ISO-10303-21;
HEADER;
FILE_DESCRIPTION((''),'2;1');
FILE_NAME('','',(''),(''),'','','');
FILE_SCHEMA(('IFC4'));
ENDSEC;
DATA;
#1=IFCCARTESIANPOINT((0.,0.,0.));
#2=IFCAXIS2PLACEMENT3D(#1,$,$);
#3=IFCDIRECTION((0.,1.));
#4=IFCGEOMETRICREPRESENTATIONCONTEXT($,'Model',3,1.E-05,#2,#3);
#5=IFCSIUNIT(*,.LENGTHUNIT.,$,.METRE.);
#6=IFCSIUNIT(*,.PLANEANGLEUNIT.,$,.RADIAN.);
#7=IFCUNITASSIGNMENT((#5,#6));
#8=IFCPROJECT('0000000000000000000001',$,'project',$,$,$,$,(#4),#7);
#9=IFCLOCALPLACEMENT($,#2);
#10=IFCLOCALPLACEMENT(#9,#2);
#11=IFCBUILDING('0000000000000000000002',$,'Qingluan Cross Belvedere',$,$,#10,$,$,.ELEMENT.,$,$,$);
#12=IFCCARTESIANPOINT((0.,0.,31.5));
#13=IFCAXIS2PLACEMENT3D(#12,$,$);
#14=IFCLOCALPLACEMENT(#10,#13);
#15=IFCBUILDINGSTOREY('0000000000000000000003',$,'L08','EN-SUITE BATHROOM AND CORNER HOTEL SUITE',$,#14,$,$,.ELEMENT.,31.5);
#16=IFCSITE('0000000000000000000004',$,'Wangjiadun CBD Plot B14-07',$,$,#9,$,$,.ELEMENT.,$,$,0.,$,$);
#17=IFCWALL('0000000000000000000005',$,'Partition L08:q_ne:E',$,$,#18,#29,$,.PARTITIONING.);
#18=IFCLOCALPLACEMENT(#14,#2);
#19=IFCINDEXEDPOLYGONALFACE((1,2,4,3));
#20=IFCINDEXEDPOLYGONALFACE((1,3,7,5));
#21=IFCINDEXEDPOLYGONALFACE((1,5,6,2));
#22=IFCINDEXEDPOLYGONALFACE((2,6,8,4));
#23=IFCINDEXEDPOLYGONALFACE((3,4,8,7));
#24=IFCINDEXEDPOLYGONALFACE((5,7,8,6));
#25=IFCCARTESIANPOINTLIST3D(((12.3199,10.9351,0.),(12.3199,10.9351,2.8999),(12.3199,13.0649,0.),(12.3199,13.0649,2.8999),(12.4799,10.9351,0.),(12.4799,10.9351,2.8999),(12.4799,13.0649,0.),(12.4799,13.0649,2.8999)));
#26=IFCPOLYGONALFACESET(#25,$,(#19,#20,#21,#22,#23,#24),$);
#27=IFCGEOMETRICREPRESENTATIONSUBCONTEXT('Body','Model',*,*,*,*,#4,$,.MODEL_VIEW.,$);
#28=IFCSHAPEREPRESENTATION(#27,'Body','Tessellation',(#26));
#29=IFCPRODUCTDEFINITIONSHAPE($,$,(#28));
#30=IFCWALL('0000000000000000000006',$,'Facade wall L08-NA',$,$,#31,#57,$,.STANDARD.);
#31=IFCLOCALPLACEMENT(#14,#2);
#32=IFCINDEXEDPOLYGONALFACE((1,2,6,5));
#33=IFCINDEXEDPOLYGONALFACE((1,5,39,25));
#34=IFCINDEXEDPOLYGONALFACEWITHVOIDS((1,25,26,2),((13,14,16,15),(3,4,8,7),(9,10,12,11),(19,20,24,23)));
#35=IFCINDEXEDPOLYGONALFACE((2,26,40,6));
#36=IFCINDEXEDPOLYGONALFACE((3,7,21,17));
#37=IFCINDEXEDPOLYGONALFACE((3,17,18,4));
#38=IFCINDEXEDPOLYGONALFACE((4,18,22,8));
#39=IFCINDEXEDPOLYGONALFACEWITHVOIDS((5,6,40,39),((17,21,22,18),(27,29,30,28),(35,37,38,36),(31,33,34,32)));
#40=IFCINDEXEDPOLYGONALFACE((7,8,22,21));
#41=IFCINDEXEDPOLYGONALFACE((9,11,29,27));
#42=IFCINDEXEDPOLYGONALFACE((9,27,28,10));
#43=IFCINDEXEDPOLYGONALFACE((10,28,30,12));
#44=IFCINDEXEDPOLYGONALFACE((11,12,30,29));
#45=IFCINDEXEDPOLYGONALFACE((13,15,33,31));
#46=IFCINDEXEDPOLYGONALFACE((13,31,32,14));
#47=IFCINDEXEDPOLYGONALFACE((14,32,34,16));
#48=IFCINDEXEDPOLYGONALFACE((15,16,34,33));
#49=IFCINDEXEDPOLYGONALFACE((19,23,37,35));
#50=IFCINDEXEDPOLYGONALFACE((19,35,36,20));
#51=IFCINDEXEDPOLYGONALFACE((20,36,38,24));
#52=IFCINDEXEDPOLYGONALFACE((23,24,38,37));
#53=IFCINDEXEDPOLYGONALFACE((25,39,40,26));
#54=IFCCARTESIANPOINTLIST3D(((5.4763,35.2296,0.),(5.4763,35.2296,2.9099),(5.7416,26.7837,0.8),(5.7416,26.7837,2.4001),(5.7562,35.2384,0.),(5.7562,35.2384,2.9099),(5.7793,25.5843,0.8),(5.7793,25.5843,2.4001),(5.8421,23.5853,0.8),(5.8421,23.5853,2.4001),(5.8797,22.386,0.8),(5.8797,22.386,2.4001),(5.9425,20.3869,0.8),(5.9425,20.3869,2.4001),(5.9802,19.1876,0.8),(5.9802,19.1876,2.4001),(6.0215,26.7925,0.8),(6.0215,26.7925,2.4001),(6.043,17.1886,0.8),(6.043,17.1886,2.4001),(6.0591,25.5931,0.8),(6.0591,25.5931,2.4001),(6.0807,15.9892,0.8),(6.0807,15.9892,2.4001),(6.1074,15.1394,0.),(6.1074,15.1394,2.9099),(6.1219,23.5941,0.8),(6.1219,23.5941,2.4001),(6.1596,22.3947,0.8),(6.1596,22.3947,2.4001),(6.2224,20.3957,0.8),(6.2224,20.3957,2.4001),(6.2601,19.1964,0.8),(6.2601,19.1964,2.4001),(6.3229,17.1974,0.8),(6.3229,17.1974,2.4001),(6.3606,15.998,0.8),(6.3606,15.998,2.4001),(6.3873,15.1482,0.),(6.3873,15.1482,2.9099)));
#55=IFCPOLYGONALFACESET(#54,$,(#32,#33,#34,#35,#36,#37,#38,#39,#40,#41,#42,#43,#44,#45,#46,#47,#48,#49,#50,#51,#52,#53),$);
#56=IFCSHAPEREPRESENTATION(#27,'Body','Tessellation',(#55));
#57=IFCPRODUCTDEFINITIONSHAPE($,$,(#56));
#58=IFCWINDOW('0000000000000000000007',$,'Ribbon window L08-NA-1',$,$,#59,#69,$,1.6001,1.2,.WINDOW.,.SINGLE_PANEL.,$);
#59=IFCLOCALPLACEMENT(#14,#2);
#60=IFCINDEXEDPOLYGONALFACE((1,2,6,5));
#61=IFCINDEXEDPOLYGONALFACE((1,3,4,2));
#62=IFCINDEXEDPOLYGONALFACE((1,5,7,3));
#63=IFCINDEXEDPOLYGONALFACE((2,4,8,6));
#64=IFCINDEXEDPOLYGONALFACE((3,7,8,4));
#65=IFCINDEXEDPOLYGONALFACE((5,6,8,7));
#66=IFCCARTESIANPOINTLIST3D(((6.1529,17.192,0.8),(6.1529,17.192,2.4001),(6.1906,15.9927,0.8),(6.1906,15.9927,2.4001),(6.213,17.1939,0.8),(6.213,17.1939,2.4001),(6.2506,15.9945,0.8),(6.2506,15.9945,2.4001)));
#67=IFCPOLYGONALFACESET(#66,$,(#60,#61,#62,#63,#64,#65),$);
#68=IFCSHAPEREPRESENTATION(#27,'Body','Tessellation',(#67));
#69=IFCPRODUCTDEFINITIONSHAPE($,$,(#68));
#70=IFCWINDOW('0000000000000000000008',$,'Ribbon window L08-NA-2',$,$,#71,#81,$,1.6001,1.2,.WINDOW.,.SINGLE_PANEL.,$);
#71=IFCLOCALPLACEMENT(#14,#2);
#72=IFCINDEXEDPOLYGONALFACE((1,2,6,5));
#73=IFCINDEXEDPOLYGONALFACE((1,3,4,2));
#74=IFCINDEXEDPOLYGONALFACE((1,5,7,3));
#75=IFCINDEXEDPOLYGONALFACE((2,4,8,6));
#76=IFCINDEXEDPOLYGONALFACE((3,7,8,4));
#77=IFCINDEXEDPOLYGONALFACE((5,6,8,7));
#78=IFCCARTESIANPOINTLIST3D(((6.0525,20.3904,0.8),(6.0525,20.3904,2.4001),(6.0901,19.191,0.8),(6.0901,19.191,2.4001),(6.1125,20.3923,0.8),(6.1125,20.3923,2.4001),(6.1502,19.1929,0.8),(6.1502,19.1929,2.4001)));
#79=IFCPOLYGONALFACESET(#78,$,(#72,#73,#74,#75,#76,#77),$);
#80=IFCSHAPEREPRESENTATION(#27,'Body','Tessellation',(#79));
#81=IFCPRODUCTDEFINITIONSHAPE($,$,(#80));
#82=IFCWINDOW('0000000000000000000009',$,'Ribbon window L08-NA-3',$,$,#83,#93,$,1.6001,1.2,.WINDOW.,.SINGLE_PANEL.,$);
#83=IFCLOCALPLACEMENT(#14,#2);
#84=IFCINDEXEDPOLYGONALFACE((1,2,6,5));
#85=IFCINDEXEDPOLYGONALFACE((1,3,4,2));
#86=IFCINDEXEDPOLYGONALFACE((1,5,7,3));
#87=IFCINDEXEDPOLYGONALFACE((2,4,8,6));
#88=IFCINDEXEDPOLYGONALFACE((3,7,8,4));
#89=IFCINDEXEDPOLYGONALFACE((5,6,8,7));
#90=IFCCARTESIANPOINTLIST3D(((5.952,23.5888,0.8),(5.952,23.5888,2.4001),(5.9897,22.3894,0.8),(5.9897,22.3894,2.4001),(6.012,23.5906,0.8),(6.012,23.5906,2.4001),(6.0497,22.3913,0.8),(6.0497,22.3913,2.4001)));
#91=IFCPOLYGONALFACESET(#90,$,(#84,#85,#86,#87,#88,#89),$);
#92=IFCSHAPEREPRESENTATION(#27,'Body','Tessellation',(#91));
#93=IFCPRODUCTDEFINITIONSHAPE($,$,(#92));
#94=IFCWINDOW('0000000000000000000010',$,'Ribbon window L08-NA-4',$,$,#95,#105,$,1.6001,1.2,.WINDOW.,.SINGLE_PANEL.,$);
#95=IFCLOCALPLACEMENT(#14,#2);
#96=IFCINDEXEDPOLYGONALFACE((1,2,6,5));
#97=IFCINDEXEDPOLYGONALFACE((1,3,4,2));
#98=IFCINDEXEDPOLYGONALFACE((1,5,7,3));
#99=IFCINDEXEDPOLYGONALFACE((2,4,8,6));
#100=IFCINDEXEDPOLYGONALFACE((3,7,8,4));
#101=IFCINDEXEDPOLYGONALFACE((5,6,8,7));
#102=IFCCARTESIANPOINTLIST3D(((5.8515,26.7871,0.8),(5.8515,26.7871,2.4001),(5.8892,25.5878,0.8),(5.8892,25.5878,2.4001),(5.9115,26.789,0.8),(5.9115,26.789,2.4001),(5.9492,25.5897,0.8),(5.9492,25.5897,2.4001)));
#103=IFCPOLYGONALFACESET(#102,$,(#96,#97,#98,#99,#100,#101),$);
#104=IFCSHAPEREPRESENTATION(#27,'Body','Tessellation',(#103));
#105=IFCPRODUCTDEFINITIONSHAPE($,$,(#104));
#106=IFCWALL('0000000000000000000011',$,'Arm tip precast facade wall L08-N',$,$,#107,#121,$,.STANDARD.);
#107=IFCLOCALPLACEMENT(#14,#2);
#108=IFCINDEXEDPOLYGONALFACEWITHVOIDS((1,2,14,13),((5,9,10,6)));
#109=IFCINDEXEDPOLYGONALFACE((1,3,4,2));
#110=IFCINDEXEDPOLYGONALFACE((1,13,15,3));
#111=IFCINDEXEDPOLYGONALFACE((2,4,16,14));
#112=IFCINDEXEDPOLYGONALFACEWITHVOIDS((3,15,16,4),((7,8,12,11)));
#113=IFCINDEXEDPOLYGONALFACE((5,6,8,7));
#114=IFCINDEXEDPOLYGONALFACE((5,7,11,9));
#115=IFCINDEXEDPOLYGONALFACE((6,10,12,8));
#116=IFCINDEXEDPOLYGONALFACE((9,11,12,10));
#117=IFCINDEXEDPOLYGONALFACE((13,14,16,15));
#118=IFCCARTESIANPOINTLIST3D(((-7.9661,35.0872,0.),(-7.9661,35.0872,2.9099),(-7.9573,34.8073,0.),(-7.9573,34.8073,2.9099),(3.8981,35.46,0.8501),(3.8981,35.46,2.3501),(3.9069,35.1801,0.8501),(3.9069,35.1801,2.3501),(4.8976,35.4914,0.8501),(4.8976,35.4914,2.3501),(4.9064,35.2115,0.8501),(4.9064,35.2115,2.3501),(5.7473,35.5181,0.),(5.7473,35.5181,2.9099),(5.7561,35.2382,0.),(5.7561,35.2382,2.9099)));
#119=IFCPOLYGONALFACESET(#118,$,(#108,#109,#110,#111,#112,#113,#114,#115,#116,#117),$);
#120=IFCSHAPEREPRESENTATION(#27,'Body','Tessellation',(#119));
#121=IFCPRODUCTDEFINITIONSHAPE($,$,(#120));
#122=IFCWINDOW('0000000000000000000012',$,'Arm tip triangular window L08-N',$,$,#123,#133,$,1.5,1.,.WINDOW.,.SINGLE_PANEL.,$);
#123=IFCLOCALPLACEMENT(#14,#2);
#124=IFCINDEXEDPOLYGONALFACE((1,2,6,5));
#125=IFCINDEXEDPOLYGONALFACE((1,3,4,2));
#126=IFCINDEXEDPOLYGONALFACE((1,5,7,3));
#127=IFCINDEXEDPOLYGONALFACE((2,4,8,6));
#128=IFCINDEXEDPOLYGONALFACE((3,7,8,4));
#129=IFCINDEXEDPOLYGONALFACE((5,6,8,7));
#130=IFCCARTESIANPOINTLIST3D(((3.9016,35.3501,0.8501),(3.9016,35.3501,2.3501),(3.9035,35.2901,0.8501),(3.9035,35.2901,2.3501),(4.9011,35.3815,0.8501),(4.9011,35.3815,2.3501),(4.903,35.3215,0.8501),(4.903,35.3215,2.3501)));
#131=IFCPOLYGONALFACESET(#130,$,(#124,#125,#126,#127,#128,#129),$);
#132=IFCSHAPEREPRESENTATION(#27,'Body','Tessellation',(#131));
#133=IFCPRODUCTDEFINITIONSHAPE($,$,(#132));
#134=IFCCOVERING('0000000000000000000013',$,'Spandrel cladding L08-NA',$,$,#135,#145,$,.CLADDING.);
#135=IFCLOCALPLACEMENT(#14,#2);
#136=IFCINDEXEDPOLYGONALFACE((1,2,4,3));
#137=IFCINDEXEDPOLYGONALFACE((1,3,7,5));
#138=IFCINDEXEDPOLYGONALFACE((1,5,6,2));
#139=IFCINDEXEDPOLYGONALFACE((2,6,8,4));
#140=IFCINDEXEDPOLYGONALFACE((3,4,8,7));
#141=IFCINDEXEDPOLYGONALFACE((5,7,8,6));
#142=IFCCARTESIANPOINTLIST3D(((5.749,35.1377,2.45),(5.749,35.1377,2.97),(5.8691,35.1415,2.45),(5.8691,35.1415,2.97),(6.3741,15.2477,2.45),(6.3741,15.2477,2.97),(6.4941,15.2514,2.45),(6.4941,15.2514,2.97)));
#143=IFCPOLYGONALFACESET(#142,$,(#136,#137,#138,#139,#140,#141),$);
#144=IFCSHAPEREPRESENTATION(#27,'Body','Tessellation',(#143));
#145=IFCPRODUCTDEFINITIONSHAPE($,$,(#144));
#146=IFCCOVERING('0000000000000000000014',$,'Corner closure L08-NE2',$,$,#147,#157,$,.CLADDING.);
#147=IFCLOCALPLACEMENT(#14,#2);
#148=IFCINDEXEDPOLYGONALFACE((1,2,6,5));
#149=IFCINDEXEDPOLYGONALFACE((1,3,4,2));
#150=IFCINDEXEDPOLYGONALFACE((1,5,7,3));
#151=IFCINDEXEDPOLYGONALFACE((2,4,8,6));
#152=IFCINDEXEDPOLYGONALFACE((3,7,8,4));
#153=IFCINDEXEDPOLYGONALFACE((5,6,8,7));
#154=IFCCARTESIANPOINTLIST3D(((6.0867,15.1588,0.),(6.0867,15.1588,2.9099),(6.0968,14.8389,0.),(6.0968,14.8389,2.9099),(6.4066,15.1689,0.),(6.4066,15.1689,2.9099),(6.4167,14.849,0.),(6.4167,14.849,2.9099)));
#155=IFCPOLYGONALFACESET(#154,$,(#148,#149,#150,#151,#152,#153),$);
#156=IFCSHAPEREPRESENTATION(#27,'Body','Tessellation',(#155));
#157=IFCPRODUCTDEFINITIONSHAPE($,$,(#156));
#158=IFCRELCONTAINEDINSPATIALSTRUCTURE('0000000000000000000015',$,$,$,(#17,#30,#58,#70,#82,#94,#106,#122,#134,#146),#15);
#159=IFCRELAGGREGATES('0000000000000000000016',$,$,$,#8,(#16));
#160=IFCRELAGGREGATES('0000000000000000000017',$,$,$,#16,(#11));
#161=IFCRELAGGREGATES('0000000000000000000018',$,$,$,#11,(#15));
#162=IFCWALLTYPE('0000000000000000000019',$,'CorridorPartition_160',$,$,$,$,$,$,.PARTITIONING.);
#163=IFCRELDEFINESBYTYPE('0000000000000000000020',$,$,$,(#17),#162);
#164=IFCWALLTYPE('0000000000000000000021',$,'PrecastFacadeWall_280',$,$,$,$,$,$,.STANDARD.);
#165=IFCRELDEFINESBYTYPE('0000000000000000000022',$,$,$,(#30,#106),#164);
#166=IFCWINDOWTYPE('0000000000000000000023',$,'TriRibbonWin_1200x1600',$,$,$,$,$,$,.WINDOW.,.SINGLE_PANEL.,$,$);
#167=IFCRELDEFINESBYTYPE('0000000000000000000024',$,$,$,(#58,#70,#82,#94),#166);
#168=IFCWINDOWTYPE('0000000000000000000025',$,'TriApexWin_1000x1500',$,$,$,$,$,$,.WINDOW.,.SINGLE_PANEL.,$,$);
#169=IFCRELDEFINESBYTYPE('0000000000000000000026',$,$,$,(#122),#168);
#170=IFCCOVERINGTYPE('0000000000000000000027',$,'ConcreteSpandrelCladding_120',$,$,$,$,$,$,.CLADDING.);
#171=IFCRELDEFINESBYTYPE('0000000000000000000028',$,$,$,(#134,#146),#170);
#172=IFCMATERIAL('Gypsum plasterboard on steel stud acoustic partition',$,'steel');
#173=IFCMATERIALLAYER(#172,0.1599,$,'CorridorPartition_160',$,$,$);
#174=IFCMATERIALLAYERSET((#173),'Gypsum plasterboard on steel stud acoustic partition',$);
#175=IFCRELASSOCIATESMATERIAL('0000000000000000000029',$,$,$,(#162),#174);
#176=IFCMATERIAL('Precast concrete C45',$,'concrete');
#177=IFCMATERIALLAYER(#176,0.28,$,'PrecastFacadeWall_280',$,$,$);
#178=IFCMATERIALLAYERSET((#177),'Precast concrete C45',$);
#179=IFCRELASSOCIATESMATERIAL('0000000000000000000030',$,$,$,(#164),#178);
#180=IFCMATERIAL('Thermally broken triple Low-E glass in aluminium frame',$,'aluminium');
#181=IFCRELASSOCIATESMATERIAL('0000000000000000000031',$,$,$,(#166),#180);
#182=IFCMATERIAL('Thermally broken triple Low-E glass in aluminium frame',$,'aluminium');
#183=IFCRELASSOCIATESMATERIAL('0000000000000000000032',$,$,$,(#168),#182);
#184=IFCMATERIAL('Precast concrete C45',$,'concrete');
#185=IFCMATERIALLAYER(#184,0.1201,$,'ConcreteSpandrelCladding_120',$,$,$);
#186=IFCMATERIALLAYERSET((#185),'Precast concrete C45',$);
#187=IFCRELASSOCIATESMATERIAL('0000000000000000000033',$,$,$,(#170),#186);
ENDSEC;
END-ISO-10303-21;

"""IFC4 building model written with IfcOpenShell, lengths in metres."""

from ifc_helpers import new_model, si_unit, direction, frame, frame_2d, origin, origin_2d, place, context, subcontext, project, spatial, rectangle, extrude, material, layer, layer_set, type_object, element, fill, save


model = new_model("IFC4")

# Units and contexts
model_context = context("Model", 3, precision=1e-05, world=origin(), true_north=direction((0.0, 1.0)))
body_context = subcontext(model_context, "Body", "Model", "MODEL_VIEW")
ifc_project = project(units=[si_unit("LENGTHUNIT", "METRE"), si_unit("PLANEANGLEUNIT", "RADIAN")], contexts=[model_context])

# Site, building, storey
site_placement = place(None, origin())
site = spatial("IfcSite", under=ifc_project, at=site_placement, Name="Wangjiadun CBD Plot B14-07", CompositionType="ELEMENT", RefElevation=0.0)
building_placement = place(site_placement, origin())
building = spatial("IfcBuilding", under=site, at=building_placement, Name="Qingluan Cross Belvedere", CompositionType="ELEMENT")
storey_placement = place(building_placement, frame((0.0, 0.0, 31.5)))
storey = spatial("IfcBuildingStorey", under=building, at=storey_placement, Name="L08", Description="EN-SUITE BATHROOM AND CORNER HOTEL SUITE", CompositionType="ELEMENT", Elevation=31.5)

# Wall
ifc_material_1 = material(Name="Gypsum plasterboard on steel stud acoustic partition", Category="steel")
ifc_layer_1 = layer(ifc_material_1, 0.1599, Name="CorridorPartition_160")
ifc_layer_set_1 = layer_set([ifc_layer_1], Name="Gypsum plasterboard on steel stud acoustic partition")
wall_type_1 = type_object("IfcWallType", Name="CorridorPartition_160", PredefinedType="PARTITIONING", material=ifc_layer_set_1)
wall_1_placement = place(storey_placement, frame((12.3999, 10.9351, 0.0), z_axis=(0.0, 0.0, 1.0), x_axis=(0.0, 1.0, 0.0)))
element("IfcWall", 1, at=wall_1_placement, inside=storey, type_object=wall_type_1, Name="Partition L08:q_ne:E", PredefinedType="PARTITIONING", context=body_context, shape_type="SweptSolid", body=[
    extrude(rectangle(XDim=2.1299, YDim=0.1599, at=frame_2d((1.0649, 0.0))), origin(), (0.0, 0.0, 1.0), 2.8999),
])

# Wall, openings, windows
ifc_material_2 = material(Name="Precast concrete C45", Category="concrete")
ifc_layer_2 = layer(ifc_material_2, 0.28, Name="PrecastFacadeWall_280")
ifc_layer_set_2 = layer_set([ifc_layer_2], Name="Precast concrete C45")
wall_type_2 = type_object("IfcWallType", Name="PrecastFacadeWall_280", PredefinedType="STANDARD", material=ifc_layer_set_2)
wall_2_placement = place(storey_placement, frame((6.2473, 15.1438, 0.0), z_axis=(0.0, 0.0, 1.0), x_axis=(-0.031398, 0.999507, 0.0)))
wall_2 = element("IfcWall", 2, at=wall_2_placement, inside=storey, type_object=wall_type_2, Name="Facade wall L08-NA", PredefinedType="STANDARD", context=body_context, shape_type="SweptSolid", body=[
    extrude(rectangle(XDim=20.1001, YDim=0.28, at=frame_2d((10.05, 0.0))), origin(), (0.0, 0.0, 1.0), 2.9099),
])
opening_1_placement = place(wall_2_placement, frame((0.8501, 0.0, 0.8)))
opening_1 = element("IfcOpeningElement", 3, at=opening_1_placement, cuts=wall_2, PredefinedType="OPENING", context=body_context, shape_type="SweptSolid", body=[
    extrude(rectangle(XDim=1.2, YDim=1.6001, at=frame_2d((0.6001, 0.8))), frame((0.0, 0.1499, 0.0), z_axis=(0.0, -1.0, 0.0), x_axis=(1.0, 0.0, 0.0)), (0.0, 0.0, 1.0), 0.3),
])
opening_2_placement = place(wall_2_placement, frame((4.05, 0.0, 0.8)))
opening_2 = element("IfcOpeningElement", 4, at=opening_2_placement, cuts=wall_2, PredefinedType="OPENING", context=body_context, shape_type="SweptSolid", body=[
    extrude(rectangle(XDim=1.2, YDim=1.6001, at=frame_2d((0.6001, 0.8))), frame((0.0, 0.1499, 0.0), z_axis=(0.0, -1.0, 0.0), x_axis=(1.0, 0.0, 0.0)), (0.0, 0.0, 1.0), 0.3),
])
opening_3_placement = place(wall_2_placement, frame((7.25, 0.0, 0.8)))
opening_3 = element("IfcOpeningElement", 5, at=opening_3_placement, cuts=wall_2, PredefinedType="OPENING", context=body_context, shape_type="SweptSolid", body=[
    extrude(rectangle(XDim=1.2, YDim=1.6001, at=frame_2d((0.6001, 0.8))), frame((0.0, 0.1499, 0.0), z_axis=(0.0, -1.0, 0.0), x_axis=(1.0, 0.0, 0.0)), (0.0, 0.0, 1.0), 0.3),
])
opening_4_placement = place(wall_2_placement, frame((10.45, 0.0, 0.8)))
opening_4 = element("IfcOpeningElement", 6, at=opening_4_placement, cuts=wall_2, PredefinedType="OPENING", context=body_context, shape_type="SweptSolid", body=[
    extrude(rectangle(XDim=1.2, YDim=1.6001, at=frame_2d((0.6001, 0.8))), frame((0.0, 0.1499, 0.0), z_axis=(0.0, -1.0, 0.0), x_axis=(1.0, 0.0, 0.0)), (0.0, 0.0, 1.0), 0.3),
])
ifc_material_3 = material(Name="Thermally broken triple Low-E glass in aluminium frame", Category="aluminium")
window_type_1 = type_object("IfcWindowType", Name="TriRibbonWin_1200x1600", PartitioningType="SINGLE_PANEL", PredefinedType="WINDOW", material=ifc_material_3)
window_1_placement = place(opening_1_placement, origin())
window_1 = element("IfcWindow", 7, at=window_1_placement, inside=storey, type_object=window_type_1, Name="Ribbon window L08-NA-1", OverallHeight=1.6001, OverallWidth=1.2, PartitioningType="SINGLE_PANEL", PredefinedType="WINDOW", context=body_context, shape_type="SweptSolid", body=[
    extrude(rectangle(XDim=1.2, YDim=1.6001, at=frame_2d((0.6001, 0.8))), frame((0.0, 0.03, 0.0), z_axis=(0.0, -1.0, 0.0), x_axis=(1.0, 0.0, 0.0)), (0.0, 0.0, 1.0), 0.0601),
])
fill(opening_1, window_1)
window_2_placement = place(opening_2_placement, origin())
window_2 = element("IfcWindow", 8, at=window_2_placement, inside=storey, type_object=window_type_1, Name="Ribbon window L08-NA-2", OverallHeight=1.6001, OverallWidth=1.2, PartitioningType="SINGLE_PANEL", PredefinedType="WINDOW", context=body_context, shape_type="SweptSolid", body=[
    extrude(rectangle(XDim=1.2, YDim=1.6001, at=frame_2d((0.6001, 0.8))), frame((0.0, 0.03, 0.0), z_axis=(0.0, -1.0, 0.0), x_axis=(1.0, 0.0, 0.0)), (0.0, 0.0, 1.0), 0.0601),
])
fill(opening_2, window_2)
window_3_placement = place(opening_3_placement, origin())
window_3 = element("IfcWindow", 9, at=window_3_placement, inside=storey, type_object=window_type_1, Name="Ribbon window L08-NA-3", OverallHeight=1.6001, OverallWidth=1.2, PartitioningType="SINGLE_PANEL", PredefinedType="WINDOW", context=body_context, shape_type="SweptSolid", body=[
    extrude(rectangle(XDim=1.2, YDim=1.6001, at=frame_2d((0.6001, 0.8))), frame((0.0, 0.03, 0.0), z_axis=(0.0, -1.0, 0.0), x_axis=(1.0, 0.0, 0.0)), (0.0, 0.0, 1.0), 0.0601),
])
fill(opening_3, window_3)
window_4_placement = place(opening_4_placement, origin())
window_4 = element("IfcWindow", 10, at=window_4_placement, inside=storey, type_object=window_type_1, Name="Ribbon window L08-NA-4", OverallHeight=1.6001, OverallWidth=1.2, PartitioningType="SINGLE_PANEL", PredefinedType="WINDOW", context=body_context, shape_type="SweptSolid", body=[
    extrude(rectangle(XDim=1.2, YDim=1.6001, at=frame_2d((0.6001, 0.8))), frame((0.0, 0.03, 0.0), z_axis=(0.0, -1.0, 0.0), x_axis=(1.0, 0.0, 0.0)), (0.0, 0.0, 1.0), 0.0601),
])
fill(opening_4, window_4)

# Wall, opening, window
wall_3_placement = place(storey_placement, frame((5.7517, 35.3782, 0.0), z_axis=(0.0, 0.0, 1.0), x_axis=(-0.999507, -0.031407, 0.0)))
wall_3 = element("IfcWall", 11, at=wall_3_placement, inside=storey, type_object=wall_type_2, Name="Arm tip precast facade wall L08-N", PredefinedType="STANDARD", context=body_context, shape_type="SweptSolid", body=[
    extrude(rectangle(XDim=13.7202, YDim=0.28, at=frame_2d((6.8601, 0.0))), origin(), (0.0, 0.0, 1.0), 2.9099),
])
opening_5_placement = place(wall_3_placement, frame((0.8501, 0.0, 0.8501)))
opening_5 = element("IfcOpeningElement", 12, at=opening_5_placement, cuts=wall_3, PredefinedType="OPENING", context=body_context, shape_type="SweptSolid", body=[
    extrude(rectangle(XDim=1.0, YDim=1.5, at=frame_2d((0.5, 0.75))), frame((0.0, 0.1499, 0.0), z_axis=(0.0, -1.0, 0.0), x_axis=(1.0, 0.0, 0.0)), (0.0, 0.0, 1.0), 0.3),
])
ifc_material_4 = material(Name="Thermally broken triple Low-E glass in aluminium frame", Category="aluminium")
window_type_2 = type_object("IfcWindowType", Name="TriApexWin_1000x1500", PartitioningType="SINGLE_PANEL", PredefinedType="WINDOW", material=ifc_material_4)
window_5_placement = place(opening_5_placement, origin())
window_5 = element("IfcWindow", 13, at=window_5_placement, inside=storey, type_object=window_type_2, Name="Arm tip triangular window L08-N", OverallHeight=1.5, OverallWidth=1.0, PartitioningType="SINGLE_PANEL", PredefinedType="WINDOW", context=body_context, shape_type="SweptSolid", body=[
    extrude(rectangle(XDim=1.0, YDim=1.5, at=frame_2d((0.5, 0.75))), frame((0.0, 0.03, 0.0), z_axis=(0.0, -1.0, 0.0), x_axis=(1.0, 0.0, 0.0)), (0.0, 0.0, 1.0), 0.0601),
])
fill(opening_5, window_5)

# Coverings
ifc_material_5 = material(Name="Precast concrete C45", Category="concrete")
ifc_layer_3 = layer(ifc_material_5, 0.1201, Name="ConcreteSpandrelCladding_120")
ifc_layer_set_3 = layer_set([ifc_layer_3], Name="Precast concrete C45")
covering_type = type_object("IfcCoveringType", Name="ConcreteSpandrelCladding_120", PredefinedType="CLADDING", material=ifc_layer_set_3)
covering_1_placement = place(storey_placement, frame((6.1216, 25.1946, 2.45), z_axis=(0.0, 0.0, 1.0), x_axis=(-0.031408, 0.999507, 0.0)))
element("IfcCovering", 14, at=covering_1_placement, inside=storey, type_object=covering_type, Name="Spandrel cladding L08-NA", PredefinedType="CLADDING", context=body_context, shape_type="SweptSolid", body=[
    extrude(rectangle(XDim=19.8999, YDim=0.1201, at=origin_2d()), origin(), (0.0, 0.0, 1.0), 0.52),
])
covering_2_placement = place(storey_placement, frame((6.2517, 15.0039, 0.0), z_axis=(0.0, 0.0, 1.0), x_axis=(0.999507, 0.031411, 0.0)))
element("IfcCovering", 15, at=covering_2_placement, inside=storey, type_object=covering_type, Name="Corner closure L08-NE2", PredefinedType="CLADDING", context=body_context, shape_type="SweptSolid", body=[
    extrude(rectangle(XDim=0.3201, YDim=0.3201, at=origin_2d()), origin(), (0.0, 0.0, 1.0), 2.9099),
])

save(model, "model.ifc")
